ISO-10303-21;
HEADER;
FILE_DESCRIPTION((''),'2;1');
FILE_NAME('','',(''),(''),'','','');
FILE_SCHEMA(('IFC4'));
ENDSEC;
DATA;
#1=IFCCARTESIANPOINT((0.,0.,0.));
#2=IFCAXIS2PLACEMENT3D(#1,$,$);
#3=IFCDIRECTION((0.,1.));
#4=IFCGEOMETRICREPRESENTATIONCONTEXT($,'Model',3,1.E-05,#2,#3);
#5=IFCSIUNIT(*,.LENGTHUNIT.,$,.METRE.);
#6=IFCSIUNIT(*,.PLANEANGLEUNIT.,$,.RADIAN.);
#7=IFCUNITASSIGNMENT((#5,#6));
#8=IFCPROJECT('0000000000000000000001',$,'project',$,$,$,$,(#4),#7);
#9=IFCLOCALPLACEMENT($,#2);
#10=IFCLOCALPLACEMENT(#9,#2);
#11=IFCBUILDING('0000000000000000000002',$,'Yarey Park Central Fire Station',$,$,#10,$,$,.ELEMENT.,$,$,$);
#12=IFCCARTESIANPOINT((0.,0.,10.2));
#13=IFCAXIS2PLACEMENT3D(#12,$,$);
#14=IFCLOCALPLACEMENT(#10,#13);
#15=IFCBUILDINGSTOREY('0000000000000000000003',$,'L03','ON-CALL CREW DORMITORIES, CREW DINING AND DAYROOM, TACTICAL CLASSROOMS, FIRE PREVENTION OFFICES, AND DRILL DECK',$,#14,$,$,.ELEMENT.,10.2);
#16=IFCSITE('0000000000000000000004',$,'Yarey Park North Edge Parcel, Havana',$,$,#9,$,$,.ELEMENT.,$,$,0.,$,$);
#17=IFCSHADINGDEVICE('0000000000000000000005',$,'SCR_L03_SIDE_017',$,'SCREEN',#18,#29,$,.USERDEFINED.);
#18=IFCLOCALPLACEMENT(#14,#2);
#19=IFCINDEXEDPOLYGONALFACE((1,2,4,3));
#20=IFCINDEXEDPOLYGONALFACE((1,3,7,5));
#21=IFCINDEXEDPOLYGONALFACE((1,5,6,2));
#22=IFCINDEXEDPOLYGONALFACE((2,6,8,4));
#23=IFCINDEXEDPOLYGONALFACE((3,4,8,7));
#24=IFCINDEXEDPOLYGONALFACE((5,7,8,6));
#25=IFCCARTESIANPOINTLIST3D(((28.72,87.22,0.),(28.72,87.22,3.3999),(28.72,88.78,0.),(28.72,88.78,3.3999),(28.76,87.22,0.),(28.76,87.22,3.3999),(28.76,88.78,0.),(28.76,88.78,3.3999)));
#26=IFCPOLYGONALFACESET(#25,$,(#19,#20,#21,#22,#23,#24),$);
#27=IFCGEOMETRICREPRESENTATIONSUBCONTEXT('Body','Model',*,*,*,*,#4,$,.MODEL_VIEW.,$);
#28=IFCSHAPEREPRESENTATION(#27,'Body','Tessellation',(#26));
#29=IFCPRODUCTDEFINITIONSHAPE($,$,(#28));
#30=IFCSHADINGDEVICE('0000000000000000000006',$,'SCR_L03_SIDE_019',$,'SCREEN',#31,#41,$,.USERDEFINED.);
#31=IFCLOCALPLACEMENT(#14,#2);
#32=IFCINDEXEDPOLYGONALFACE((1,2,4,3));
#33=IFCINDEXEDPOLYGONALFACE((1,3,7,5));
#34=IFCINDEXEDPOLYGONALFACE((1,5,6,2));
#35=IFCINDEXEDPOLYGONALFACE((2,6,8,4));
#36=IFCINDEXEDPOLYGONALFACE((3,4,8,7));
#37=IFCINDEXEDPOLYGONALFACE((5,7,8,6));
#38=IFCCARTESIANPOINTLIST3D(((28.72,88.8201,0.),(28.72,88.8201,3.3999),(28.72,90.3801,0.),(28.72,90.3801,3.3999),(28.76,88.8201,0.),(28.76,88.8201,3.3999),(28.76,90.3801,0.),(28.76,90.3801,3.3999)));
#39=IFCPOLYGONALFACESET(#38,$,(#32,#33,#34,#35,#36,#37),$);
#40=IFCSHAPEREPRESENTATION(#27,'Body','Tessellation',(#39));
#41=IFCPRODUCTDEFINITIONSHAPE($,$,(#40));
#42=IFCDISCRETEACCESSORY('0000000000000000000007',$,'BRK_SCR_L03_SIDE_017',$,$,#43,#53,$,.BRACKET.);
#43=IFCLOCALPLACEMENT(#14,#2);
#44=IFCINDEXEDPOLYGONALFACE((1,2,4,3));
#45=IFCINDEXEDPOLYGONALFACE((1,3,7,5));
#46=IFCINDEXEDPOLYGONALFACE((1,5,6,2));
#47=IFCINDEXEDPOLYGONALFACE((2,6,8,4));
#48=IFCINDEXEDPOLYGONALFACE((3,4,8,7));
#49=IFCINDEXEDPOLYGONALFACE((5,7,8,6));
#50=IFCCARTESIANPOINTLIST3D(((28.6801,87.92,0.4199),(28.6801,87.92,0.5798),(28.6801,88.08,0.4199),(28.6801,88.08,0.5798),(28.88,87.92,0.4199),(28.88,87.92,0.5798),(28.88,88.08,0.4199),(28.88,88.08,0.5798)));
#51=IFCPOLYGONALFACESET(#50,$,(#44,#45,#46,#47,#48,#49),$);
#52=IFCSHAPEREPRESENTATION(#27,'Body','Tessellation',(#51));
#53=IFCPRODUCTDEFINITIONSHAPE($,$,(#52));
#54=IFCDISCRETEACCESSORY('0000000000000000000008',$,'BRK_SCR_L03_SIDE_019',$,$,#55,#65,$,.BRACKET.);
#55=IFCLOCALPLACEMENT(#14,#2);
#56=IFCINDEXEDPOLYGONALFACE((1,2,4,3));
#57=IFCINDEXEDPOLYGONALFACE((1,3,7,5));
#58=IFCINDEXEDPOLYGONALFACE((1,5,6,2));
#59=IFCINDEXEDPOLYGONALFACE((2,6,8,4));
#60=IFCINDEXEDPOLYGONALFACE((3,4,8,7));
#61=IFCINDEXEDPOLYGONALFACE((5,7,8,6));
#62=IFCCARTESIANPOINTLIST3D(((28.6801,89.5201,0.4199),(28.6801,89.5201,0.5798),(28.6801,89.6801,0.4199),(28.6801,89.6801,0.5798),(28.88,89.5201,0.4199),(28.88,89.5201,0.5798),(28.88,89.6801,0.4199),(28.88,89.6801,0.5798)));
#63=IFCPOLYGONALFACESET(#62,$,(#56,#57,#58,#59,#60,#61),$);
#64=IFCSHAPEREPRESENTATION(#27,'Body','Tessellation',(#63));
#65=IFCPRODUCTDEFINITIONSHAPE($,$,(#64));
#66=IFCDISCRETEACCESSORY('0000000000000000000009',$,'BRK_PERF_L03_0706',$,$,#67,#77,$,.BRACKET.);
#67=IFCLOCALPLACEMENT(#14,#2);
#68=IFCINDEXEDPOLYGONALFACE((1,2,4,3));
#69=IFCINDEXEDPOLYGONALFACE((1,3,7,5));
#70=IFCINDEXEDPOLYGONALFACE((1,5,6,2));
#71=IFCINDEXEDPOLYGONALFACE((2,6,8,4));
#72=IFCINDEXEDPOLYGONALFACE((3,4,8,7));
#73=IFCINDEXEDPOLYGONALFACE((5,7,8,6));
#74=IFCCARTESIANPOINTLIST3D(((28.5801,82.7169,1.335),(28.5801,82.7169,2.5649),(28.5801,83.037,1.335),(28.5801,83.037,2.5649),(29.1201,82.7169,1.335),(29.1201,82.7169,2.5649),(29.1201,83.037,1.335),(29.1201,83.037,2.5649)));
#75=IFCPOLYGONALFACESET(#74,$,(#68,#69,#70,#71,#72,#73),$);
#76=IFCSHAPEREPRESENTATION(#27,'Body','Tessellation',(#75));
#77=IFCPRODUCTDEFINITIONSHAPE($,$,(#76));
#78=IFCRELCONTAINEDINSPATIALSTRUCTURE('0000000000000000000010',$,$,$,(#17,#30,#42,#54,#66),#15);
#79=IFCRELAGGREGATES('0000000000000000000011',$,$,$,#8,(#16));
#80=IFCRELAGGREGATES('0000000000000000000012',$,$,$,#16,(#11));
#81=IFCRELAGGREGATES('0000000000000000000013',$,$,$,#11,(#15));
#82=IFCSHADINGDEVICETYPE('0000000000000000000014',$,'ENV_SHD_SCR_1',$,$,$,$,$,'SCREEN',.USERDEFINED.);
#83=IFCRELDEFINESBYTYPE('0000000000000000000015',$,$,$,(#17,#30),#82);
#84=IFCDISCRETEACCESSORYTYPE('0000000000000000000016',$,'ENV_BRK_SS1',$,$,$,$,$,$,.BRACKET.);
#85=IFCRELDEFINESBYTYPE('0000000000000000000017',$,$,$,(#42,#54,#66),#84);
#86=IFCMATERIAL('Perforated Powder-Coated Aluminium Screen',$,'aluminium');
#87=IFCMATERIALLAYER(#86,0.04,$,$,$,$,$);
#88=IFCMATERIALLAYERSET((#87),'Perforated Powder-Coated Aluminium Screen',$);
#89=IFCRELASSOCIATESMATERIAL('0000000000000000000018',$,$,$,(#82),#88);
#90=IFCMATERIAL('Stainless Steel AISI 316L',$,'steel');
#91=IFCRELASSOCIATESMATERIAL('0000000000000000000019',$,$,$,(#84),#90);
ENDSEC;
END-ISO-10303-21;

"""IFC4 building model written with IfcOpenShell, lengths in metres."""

from ifc_helpers import new_model, si_unit, direction, frame, origin, origin_2d, place, context, subcontext, project, spatial, rectangle, extrude, material, layer, layer_set, type_object, element, save


model = new_model("IFC4")

# Units and contexts
model_context = context("Model", 3, precision=1e-05, world=origin(), true_north=direction((0.0, 1.0)))
body_context = subcontext(model_context, "Body", "Model", "MODEL_VIEW")
ifc_project = project(units=[si_unit("LENGTHUNIT", "METRE"), si_unit("PLANEANGLEUNIT", "RADIAN")], contexts=[model_context])

# Site, building, storey
site_placement = place(None, origin())
site = spatial("IfcSite", under=ifc_project, at=site_placement, Name="Yarey Park North Edge Parcel, Havana", CompositionType="ELEMENT", RefElevation=0.0)
building_placement = place(site_placement, origin())
building = spatial("IfcBuilding", under=site, at=building_placement, Name="Yarey Park Central Fire Station", CompositionType="ELEMENT")
storey_placement = place(building_placement, frame((0.0, 0.0, 10.2)))
storey = spatial("IfcBuildingStorey", under=building, at=storey_placement, Name="L03", Description="ON-CALL CREW DORMITORIES, CREW DINING AND DAYROOM, TACTICAL CLASSROOMS, FIRE PREVENTION OFFICES, AND DRILL DECK", CompositionType="ELEMENT", Elevation=10.2)

# Shading devices
ifc_material_1 = material(Name="Perforated Powder-Coated Aluminium Screen", Category="aluminium")
ifc_layer_1 = layer(ifc_material_1, 0.04)
ifc_layer_set_1 = layer_set([ifc_layer_1], Name="Perforated Powder-Coated Aluminium Screen")
shading_device_type = type_object("IfcShadingDeviceType", Name="ENV_SHD_SCR_1", ElementType="SCREEN", PredefinedType="USERDEFINED", material=ifc_layer_set_1)
for number, where, z_axis, x_axis, name in (
    (1, (28.74, 88.0, 0.0), (0.0, 0.0, 1.0), (0.0, 1.0, 0.0), "SCR_L03_SIDE_017"),
    (2, (28.74, 89.6001, 0.0), (0.0, 0.0, 1.0), (0.0, 1.0, 0.0), "SCR_L03_SIDE_019"),
):
    element("IfcShadingDevice", number, at=place(storey_placement, frame(where, z_axis=z_axis, x_axis=x_axis)), inside=storey, type_object=shading_device_type, Name=name, ObjectType="SCREEN", PredefinedType="USERDEFINED", context=body_context, shape_type="SweptSolid", body=[
        extrude(rectangle(XDim=1.5601, YDim=0.04, at=origin_2d()), origin(), (0.0, 0.0, 1.0), 3.3999),
    ])

# Discrete accessories
ifc_material_2 = material(Name="Stainless Steel AISI 316L", Category="steel")
discrete_accessory_type = type_object("IfcDiscreteAccessoryType", Name="ENV_BRK_SS1", PredefinedType="BRACKET", material=ifc_material_2)
for number, where, z_axis, x_axis, name in (
    (3, (28.78, 88.0, 0.4199), (0.0, 0.0, 1.0), (1.0, 0.0, 0.0), "BRK_SCR_L03_SIDE_017"),
    (4, (28.78, 89.6001, 0.4199), (0.0, 0.0, 1.0), (1.0, 0.0, 0.0), "BRK_SCR_L03_SIDE_019"),
):
    element("IfcDiscreteAccessory", number, at=place(storey_placement, frame(where, z_axis=z_axis, x_axis=x_axis)), inside=storey, type_object=discrete_accessory_type, Name=name, PredefinedType="BRACKET", context=body_context, shape_type="SweptSolid", body=[
        extrude(rectangle(XDim=0.2, YDim=0.1599, at=origin_2d()), origin(), (0.0, 0.0, 1.0), 0.1599),
    ])
discrete_accessory_placement = place(storey_placement, frame((28.8501, 82.877, 1.335), z_axis=(0.0, 0.0, 1.0), x_axis=(1.0, 0.0, 0.0)))
element("IfcDiscreteAccessory", 5, at=discrete_accessory_placement, inside=storey, type_object=discrete_accessory_type, Name="BRK_PERF_L03_0706", PredefinedType="BRACKET", context=body_context, shape_type="SweptSolid", body=[
    extrude(rectangle(XDim=0.54, YDim=0.3201, at=origin_2d()), origin(), (0.0, 0.0, 1.0), 1.23),
])

save(model, "model.ifc")
